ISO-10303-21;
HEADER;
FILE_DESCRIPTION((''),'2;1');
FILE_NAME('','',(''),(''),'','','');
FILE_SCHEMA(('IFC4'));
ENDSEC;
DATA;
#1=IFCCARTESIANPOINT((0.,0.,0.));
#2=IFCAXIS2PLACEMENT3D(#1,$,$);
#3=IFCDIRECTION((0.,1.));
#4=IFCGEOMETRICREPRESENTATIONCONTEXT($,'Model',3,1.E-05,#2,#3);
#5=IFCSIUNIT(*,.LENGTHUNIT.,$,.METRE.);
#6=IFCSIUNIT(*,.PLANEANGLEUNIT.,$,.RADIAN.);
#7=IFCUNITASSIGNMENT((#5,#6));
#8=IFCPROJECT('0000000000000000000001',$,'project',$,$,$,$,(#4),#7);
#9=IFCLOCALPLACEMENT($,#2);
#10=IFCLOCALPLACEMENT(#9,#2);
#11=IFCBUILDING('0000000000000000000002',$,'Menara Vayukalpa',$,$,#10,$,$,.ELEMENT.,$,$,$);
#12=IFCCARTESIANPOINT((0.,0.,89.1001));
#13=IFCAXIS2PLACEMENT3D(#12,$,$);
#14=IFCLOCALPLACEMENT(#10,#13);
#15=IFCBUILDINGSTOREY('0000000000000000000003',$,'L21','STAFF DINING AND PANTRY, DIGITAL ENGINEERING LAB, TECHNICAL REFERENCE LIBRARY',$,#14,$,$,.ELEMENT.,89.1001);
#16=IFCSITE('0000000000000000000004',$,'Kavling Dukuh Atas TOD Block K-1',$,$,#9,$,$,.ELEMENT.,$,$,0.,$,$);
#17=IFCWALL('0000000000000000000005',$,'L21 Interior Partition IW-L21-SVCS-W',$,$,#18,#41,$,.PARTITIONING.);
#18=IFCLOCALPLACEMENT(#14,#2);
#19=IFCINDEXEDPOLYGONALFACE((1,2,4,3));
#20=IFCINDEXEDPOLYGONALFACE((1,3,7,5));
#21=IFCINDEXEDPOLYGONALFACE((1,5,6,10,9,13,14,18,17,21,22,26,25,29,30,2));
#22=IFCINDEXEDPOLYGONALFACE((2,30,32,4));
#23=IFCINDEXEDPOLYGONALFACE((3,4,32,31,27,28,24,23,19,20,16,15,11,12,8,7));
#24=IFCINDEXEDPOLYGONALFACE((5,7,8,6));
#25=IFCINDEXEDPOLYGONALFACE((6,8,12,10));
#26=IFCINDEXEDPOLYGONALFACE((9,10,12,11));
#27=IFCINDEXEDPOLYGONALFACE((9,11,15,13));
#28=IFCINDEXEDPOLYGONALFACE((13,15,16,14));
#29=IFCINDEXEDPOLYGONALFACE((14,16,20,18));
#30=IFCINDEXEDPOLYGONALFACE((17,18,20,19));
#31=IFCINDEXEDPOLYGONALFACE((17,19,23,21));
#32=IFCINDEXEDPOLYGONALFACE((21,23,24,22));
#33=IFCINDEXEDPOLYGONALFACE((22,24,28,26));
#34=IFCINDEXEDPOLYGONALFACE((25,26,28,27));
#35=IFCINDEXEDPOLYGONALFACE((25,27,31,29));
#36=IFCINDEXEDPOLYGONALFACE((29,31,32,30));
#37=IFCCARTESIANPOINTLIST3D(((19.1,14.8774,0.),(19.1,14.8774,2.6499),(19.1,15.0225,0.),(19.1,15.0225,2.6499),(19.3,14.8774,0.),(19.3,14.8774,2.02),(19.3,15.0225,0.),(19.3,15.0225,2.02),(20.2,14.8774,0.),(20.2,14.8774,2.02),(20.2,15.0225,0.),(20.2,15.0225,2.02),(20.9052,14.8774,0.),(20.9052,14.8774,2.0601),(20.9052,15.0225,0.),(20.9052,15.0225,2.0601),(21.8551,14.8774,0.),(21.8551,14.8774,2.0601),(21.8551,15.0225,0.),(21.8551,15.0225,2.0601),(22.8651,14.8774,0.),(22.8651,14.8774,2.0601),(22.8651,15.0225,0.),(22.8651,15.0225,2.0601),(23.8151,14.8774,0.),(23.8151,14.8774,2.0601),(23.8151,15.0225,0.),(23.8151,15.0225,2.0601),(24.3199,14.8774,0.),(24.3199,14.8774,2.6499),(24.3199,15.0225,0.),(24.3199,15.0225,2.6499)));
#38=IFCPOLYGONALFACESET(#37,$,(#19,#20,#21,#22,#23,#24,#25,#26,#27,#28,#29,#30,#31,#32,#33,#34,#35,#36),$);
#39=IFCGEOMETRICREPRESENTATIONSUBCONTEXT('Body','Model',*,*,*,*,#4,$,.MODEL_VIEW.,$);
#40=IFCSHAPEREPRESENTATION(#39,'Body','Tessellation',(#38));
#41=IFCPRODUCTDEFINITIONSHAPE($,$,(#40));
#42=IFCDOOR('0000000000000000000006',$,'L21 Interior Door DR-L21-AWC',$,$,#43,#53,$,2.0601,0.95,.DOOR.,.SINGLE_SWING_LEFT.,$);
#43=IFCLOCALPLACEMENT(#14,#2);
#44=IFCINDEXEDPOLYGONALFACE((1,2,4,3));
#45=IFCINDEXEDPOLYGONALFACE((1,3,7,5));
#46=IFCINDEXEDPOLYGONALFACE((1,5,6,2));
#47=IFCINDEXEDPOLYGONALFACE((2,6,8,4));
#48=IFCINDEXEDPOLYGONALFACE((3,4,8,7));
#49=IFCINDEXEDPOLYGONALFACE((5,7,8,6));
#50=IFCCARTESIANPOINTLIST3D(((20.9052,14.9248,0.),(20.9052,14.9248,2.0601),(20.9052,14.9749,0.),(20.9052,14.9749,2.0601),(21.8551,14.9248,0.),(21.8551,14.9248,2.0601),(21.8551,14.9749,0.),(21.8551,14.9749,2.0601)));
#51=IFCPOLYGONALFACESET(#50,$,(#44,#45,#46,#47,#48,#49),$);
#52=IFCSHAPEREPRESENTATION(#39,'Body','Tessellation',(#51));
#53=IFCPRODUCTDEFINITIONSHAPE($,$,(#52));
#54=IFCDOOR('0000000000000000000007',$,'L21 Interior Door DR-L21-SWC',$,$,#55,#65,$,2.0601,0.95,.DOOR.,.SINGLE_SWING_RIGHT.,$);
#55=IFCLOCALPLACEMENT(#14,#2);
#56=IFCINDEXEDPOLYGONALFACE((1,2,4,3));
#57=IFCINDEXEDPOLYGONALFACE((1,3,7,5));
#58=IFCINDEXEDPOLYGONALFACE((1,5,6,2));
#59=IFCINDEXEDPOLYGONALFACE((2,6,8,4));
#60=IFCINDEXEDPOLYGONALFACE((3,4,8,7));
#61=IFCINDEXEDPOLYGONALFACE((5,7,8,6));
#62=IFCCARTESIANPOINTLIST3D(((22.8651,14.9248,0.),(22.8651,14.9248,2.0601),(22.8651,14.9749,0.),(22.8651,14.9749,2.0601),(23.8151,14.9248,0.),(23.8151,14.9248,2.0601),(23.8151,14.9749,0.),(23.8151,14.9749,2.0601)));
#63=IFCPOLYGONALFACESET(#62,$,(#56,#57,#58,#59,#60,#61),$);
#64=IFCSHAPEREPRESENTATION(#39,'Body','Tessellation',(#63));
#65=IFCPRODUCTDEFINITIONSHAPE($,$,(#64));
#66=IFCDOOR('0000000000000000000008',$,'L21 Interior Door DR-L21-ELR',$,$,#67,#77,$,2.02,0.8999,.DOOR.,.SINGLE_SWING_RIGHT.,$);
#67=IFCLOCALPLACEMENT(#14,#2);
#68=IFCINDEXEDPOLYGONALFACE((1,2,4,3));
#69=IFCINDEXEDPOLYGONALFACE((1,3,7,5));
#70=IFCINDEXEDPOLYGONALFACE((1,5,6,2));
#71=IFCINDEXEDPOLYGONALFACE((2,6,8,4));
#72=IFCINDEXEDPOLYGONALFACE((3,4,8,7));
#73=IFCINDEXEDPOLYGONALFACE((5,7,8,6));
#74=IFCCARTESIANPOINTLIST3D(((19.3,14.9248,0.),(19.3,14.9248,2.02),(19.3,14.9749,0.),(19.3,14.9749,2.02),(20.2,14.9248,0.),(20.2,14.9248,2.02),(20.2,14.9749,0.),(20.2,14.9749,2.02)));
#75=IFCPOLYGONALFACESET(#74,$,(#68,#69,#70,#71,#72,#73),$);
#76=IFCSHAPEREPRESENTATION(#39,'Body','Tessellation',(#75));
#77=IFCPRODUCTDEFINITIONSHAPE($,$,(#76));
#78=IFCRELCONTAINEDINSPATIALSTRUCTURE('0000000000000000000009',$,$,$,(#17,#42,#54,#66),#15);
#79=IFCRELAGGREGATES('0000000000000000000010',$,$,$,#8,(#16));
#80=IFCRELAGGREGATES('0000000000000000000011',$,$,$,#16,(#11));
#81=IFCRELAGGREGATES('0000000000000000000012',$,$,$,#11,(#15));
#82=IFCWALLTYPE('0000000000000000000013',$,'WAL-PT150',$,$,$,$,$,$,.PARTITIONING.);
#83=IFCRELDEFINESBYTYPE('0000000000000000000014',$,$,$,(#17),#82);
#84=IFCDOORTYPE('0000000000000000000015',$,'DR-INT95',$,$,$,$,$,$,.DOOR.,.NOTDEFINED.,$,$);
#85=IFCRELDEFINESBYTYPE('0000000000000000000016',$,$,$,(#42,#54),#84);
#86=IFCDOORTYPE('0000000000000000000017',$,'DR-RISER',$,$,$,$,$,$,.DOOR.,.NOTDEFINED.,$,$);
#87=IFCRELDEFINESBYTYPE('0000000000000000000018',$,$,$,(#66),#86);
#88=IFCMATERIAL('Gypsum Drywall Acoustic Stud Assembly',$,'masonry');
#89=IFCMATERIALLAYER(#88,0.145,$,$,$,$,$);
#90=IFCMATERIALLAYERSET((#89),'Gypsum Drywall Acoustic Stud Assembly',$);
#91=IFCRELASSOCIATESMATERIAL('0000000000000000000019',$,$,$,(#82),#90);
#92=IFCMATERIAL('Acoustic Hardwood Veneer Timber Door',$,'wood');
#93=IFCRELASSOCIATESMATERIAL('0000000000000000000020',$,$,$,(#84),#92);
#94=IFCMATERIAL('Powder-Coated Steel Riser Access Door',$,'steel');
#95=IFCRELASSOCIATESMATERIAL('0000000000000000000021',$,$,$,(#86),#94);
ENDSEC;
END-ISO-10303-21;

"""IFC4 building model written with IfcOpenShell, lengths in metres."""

from ifc_helpers import new_model, si_unit, direction, frame, frame_2d, origin, place, context, subcontext, project, spatial, rectangle, extrude, material, layer, layer_set, type_object, element, fill, save


model = new_model("IFC4")

# Units and contexts
model_context = context("Model", 3, precision=1e-05, world=origin(), true_north=direction((0.0, 1.0)))
body_context = subcontext(model_context, "Body", "Model", "MODEL_VIEW")
ifc_project = project(units=[si_unit("LENGTHUNIT", "METRE"), si_unit("PLANEANGLEUNIT", "RADIAN")], contexts=[model_context])

# Site, building, storey
site_placement = place(None, origin())
site = spatial("IfcSite", under=ifc_project, at=site_placement, Name="Kavling Dukuh Atas TOD Block K-1", CompositionType="ELEMENT", RefElevation=0.0)
building_placement = place(site_placement, origin())
building = spatial("IfcBuilding", under=site, at=building_placement, Name="Menara Vayukalpa", CompositionType="ELEMENT")
storey_placement = place(building_placement, frame((0.0, 0.0, 89.1001)))
storey = spatial("IfcBuildingStorey", under=building, at=storey_placement, Name="L21", Description="STAFF DINING AND PANTRY, DIGITAL ENGINEERING LAB, TECHNICAL REFERENCE LIBRARY", CompositionType="ELEMENT", Elevation=89.1001)

# Wall, openings, doors
ifc_material_1 = material(Name="Gypsum Drywall Acoustic Stud Assembly", Category="masonry")
ifc_layer_1 = layer(ifc_material_1, 0.145)
ifc_layer_set_1 = layer_set([ifc_layer_1], Name="Gypsum Drywall Acoustic Stud Assembly")
wall_type_1 = type_object("IfcWallType", Name="WAL-PT150", PredefinedType="PARTITIONING", material=ifc_layer_set_1)
wall_1_placement = place(storey_placement, frame((19.1001, 14.95, 0.0), z_axis=(0.0, 0.0, 1.0), x_axis=(1.0, 0.0, 0.0)))
wall_1 = element("IfcWall", 1, at=wall_1_placement, inside=storey, type_object=wall_type_1, Name="L21 Interior Partition IW-L21-SVCS-W", PredefinedType="PARTITIONING", context=body_context, shape_type="SweptSolid", body=[
    extrude(rectangle(XDim=5.22, YDim=0.145, at=frame_2d((2.6099, 0.0))), origin(), (0.0, 0.0, 1.0), 2.6499),
])
opening_1_placement = place(wall_1_placement, frame((0.2, 0.0, 0.0)))
opening_1 = element("IfcOpeningElement", 2, at=opening_1_placement, cuts=wall_1, PredefinedType="OPENING", context=body_context, shape_type="SweptSolid", body=[
    extrude(rectangle(XDim=0.8999, YDim=2.02, at=frame_2d((0.45, 1.01))), frame((0.0, 0.0825, 0.0), z_axis=(0.0, -1.0, 0.0), x_axis=(1.0, 0.0, 0.0)), (0.0, 0.0, 1.0), 0.165),
])
opening_2_placement = place(wall_1_placement, frame((1.8049, 0.0, 0.0)))
opening_2 = element("IfcOpeningElement", 3, at=opening_2_placement, cuts=wall_1, PredefinedType="OPENING", context=body_context, shape_type="SweptSolid", body=[
    extrude(rectangle(XDim=0.95, YDim=2.0601, at=frame_2d((0.4751, 1.03))), frame((0.0, 0.0825, 0.0), z_axis=(0.0, -1.0, 0.0), x_axis=(1.0, 0.0, 0.0)), (0.0, 0.0, 1.0), 0.165),
])
opening_3_placement = place(wall_1_placement, frame((3.7649, 0.0, 0.0)))
opening_3 = element("IfcOpeningElement", 4, at=opening_3_placement, cuts=wall_1, PredefinedType="OPENING", context=body_context, shape_type="SweptSolid", body=[
    extrude(rectangle(XDim=0.95, YDim=2.0601, at=frame_2d((0.4751, 1.03))), frame((0.0, 0.0825, 0.0), z_axis=(0.0, -1.0, 0.0), x_axis=(1.0, 0.0, 0.0)), (0.0, 0.0, 1.0), 0.165),
])
ifc_material_2 = material(Name="Acoustic Hardwood Veneer Timber Door", Category="wood")
door_type_1 = type_object("IfcDoorType", Name="DR-INT95", OperationType="NOTDEFINED", PredefinedType="DOOR", material=ifc_material_2)
door_1_placement = place(opening_2_placement, origin())
door_1 = element("IfcDoor", 5, at=door_1_placement, inside=storey, type_object=door_type_1, Name="L21 Interior Door DR-L21-AWC", OperationType="SINGLE_SWING_LEFT", OverallHeight=2.0601, OverallWidth=0.95, PredefinedType="DOOR", context=body_context, shape_type="SweptSolid", body=[
    extrude(rectangle(XDim=0.95, YDim=2.0601, at=frame_2d((0.4751, 1.03))), frame((0.0, 0.0249, 0.0), z_axis=(0.0, -1.0, 0.0), x_axis=(1.0, 0.0, 0.0)), (0.0, 0.0, 1.0), 0.05),
])
fill(opening_2, door_1)
door_2_placement = place(opening_3_placement, origin())
door_2 = element("IfcDoor", 6, at=door_2_placement, inside=storey, type_object=door_type_1, Name="L21 Interior Door DR-L21-SWC", OperationType="SINGLE_SWING_RIGHT", OverallHeight=2.0601, OverallWidth=0.95, PredefinedType="DOOR", context=body_context, shape_type="SweptSolid", body=[
    extrude(rectangle(XDim=0.95, YDim=2.0601, at=frame_2d((0.4751, 1.03))), frame((0.0, 0.0249, 0.0), z_axis=(0.0, -1.0, 0.0), x_axis=(1.0, 0.0, 0.0)), (0.0, 0.0, 1.0), 0.05),
])
fill(opening_3, door_2)
ifc_material_3 = material(Name="Powder-Coated Steel Riser Access Door", Category="steel")
door_type_2 = type_object("IfcDoorType", Name="DR-RISER", OperationType="NOTDEFINED", PredefinedType="DOOR", material=ifc_material_3)
door_3_placement = place(opening_1_placement, origin())
door_3 = element("IfcDoor", 7, at=door_3_placement, inside=storey, type_object=door_type_2, Name="L21 Interior Door DR-L21-ELR", OperationType="SINGLE_SWING_RIGHT", OverallHeight=2.02, OverallWidth=0.8999, PredefinedType="DOOR", context=body_context, shape_type="SweptSolid", body=[
    extrude(rectangle(XDim=0.8999, YDim=2.02, at=frame_2d((0.45, 1.01))), frame((0.0, 0.0249, 0.0), z_axis=(0.0, -1.0, 0.0), x_axis=(1.0, 0.0, 0.0)), (0.0, 0.0, 1.0), 0.05),
])
fill(opening_1, door_3)

save(model, "model.ifc")
